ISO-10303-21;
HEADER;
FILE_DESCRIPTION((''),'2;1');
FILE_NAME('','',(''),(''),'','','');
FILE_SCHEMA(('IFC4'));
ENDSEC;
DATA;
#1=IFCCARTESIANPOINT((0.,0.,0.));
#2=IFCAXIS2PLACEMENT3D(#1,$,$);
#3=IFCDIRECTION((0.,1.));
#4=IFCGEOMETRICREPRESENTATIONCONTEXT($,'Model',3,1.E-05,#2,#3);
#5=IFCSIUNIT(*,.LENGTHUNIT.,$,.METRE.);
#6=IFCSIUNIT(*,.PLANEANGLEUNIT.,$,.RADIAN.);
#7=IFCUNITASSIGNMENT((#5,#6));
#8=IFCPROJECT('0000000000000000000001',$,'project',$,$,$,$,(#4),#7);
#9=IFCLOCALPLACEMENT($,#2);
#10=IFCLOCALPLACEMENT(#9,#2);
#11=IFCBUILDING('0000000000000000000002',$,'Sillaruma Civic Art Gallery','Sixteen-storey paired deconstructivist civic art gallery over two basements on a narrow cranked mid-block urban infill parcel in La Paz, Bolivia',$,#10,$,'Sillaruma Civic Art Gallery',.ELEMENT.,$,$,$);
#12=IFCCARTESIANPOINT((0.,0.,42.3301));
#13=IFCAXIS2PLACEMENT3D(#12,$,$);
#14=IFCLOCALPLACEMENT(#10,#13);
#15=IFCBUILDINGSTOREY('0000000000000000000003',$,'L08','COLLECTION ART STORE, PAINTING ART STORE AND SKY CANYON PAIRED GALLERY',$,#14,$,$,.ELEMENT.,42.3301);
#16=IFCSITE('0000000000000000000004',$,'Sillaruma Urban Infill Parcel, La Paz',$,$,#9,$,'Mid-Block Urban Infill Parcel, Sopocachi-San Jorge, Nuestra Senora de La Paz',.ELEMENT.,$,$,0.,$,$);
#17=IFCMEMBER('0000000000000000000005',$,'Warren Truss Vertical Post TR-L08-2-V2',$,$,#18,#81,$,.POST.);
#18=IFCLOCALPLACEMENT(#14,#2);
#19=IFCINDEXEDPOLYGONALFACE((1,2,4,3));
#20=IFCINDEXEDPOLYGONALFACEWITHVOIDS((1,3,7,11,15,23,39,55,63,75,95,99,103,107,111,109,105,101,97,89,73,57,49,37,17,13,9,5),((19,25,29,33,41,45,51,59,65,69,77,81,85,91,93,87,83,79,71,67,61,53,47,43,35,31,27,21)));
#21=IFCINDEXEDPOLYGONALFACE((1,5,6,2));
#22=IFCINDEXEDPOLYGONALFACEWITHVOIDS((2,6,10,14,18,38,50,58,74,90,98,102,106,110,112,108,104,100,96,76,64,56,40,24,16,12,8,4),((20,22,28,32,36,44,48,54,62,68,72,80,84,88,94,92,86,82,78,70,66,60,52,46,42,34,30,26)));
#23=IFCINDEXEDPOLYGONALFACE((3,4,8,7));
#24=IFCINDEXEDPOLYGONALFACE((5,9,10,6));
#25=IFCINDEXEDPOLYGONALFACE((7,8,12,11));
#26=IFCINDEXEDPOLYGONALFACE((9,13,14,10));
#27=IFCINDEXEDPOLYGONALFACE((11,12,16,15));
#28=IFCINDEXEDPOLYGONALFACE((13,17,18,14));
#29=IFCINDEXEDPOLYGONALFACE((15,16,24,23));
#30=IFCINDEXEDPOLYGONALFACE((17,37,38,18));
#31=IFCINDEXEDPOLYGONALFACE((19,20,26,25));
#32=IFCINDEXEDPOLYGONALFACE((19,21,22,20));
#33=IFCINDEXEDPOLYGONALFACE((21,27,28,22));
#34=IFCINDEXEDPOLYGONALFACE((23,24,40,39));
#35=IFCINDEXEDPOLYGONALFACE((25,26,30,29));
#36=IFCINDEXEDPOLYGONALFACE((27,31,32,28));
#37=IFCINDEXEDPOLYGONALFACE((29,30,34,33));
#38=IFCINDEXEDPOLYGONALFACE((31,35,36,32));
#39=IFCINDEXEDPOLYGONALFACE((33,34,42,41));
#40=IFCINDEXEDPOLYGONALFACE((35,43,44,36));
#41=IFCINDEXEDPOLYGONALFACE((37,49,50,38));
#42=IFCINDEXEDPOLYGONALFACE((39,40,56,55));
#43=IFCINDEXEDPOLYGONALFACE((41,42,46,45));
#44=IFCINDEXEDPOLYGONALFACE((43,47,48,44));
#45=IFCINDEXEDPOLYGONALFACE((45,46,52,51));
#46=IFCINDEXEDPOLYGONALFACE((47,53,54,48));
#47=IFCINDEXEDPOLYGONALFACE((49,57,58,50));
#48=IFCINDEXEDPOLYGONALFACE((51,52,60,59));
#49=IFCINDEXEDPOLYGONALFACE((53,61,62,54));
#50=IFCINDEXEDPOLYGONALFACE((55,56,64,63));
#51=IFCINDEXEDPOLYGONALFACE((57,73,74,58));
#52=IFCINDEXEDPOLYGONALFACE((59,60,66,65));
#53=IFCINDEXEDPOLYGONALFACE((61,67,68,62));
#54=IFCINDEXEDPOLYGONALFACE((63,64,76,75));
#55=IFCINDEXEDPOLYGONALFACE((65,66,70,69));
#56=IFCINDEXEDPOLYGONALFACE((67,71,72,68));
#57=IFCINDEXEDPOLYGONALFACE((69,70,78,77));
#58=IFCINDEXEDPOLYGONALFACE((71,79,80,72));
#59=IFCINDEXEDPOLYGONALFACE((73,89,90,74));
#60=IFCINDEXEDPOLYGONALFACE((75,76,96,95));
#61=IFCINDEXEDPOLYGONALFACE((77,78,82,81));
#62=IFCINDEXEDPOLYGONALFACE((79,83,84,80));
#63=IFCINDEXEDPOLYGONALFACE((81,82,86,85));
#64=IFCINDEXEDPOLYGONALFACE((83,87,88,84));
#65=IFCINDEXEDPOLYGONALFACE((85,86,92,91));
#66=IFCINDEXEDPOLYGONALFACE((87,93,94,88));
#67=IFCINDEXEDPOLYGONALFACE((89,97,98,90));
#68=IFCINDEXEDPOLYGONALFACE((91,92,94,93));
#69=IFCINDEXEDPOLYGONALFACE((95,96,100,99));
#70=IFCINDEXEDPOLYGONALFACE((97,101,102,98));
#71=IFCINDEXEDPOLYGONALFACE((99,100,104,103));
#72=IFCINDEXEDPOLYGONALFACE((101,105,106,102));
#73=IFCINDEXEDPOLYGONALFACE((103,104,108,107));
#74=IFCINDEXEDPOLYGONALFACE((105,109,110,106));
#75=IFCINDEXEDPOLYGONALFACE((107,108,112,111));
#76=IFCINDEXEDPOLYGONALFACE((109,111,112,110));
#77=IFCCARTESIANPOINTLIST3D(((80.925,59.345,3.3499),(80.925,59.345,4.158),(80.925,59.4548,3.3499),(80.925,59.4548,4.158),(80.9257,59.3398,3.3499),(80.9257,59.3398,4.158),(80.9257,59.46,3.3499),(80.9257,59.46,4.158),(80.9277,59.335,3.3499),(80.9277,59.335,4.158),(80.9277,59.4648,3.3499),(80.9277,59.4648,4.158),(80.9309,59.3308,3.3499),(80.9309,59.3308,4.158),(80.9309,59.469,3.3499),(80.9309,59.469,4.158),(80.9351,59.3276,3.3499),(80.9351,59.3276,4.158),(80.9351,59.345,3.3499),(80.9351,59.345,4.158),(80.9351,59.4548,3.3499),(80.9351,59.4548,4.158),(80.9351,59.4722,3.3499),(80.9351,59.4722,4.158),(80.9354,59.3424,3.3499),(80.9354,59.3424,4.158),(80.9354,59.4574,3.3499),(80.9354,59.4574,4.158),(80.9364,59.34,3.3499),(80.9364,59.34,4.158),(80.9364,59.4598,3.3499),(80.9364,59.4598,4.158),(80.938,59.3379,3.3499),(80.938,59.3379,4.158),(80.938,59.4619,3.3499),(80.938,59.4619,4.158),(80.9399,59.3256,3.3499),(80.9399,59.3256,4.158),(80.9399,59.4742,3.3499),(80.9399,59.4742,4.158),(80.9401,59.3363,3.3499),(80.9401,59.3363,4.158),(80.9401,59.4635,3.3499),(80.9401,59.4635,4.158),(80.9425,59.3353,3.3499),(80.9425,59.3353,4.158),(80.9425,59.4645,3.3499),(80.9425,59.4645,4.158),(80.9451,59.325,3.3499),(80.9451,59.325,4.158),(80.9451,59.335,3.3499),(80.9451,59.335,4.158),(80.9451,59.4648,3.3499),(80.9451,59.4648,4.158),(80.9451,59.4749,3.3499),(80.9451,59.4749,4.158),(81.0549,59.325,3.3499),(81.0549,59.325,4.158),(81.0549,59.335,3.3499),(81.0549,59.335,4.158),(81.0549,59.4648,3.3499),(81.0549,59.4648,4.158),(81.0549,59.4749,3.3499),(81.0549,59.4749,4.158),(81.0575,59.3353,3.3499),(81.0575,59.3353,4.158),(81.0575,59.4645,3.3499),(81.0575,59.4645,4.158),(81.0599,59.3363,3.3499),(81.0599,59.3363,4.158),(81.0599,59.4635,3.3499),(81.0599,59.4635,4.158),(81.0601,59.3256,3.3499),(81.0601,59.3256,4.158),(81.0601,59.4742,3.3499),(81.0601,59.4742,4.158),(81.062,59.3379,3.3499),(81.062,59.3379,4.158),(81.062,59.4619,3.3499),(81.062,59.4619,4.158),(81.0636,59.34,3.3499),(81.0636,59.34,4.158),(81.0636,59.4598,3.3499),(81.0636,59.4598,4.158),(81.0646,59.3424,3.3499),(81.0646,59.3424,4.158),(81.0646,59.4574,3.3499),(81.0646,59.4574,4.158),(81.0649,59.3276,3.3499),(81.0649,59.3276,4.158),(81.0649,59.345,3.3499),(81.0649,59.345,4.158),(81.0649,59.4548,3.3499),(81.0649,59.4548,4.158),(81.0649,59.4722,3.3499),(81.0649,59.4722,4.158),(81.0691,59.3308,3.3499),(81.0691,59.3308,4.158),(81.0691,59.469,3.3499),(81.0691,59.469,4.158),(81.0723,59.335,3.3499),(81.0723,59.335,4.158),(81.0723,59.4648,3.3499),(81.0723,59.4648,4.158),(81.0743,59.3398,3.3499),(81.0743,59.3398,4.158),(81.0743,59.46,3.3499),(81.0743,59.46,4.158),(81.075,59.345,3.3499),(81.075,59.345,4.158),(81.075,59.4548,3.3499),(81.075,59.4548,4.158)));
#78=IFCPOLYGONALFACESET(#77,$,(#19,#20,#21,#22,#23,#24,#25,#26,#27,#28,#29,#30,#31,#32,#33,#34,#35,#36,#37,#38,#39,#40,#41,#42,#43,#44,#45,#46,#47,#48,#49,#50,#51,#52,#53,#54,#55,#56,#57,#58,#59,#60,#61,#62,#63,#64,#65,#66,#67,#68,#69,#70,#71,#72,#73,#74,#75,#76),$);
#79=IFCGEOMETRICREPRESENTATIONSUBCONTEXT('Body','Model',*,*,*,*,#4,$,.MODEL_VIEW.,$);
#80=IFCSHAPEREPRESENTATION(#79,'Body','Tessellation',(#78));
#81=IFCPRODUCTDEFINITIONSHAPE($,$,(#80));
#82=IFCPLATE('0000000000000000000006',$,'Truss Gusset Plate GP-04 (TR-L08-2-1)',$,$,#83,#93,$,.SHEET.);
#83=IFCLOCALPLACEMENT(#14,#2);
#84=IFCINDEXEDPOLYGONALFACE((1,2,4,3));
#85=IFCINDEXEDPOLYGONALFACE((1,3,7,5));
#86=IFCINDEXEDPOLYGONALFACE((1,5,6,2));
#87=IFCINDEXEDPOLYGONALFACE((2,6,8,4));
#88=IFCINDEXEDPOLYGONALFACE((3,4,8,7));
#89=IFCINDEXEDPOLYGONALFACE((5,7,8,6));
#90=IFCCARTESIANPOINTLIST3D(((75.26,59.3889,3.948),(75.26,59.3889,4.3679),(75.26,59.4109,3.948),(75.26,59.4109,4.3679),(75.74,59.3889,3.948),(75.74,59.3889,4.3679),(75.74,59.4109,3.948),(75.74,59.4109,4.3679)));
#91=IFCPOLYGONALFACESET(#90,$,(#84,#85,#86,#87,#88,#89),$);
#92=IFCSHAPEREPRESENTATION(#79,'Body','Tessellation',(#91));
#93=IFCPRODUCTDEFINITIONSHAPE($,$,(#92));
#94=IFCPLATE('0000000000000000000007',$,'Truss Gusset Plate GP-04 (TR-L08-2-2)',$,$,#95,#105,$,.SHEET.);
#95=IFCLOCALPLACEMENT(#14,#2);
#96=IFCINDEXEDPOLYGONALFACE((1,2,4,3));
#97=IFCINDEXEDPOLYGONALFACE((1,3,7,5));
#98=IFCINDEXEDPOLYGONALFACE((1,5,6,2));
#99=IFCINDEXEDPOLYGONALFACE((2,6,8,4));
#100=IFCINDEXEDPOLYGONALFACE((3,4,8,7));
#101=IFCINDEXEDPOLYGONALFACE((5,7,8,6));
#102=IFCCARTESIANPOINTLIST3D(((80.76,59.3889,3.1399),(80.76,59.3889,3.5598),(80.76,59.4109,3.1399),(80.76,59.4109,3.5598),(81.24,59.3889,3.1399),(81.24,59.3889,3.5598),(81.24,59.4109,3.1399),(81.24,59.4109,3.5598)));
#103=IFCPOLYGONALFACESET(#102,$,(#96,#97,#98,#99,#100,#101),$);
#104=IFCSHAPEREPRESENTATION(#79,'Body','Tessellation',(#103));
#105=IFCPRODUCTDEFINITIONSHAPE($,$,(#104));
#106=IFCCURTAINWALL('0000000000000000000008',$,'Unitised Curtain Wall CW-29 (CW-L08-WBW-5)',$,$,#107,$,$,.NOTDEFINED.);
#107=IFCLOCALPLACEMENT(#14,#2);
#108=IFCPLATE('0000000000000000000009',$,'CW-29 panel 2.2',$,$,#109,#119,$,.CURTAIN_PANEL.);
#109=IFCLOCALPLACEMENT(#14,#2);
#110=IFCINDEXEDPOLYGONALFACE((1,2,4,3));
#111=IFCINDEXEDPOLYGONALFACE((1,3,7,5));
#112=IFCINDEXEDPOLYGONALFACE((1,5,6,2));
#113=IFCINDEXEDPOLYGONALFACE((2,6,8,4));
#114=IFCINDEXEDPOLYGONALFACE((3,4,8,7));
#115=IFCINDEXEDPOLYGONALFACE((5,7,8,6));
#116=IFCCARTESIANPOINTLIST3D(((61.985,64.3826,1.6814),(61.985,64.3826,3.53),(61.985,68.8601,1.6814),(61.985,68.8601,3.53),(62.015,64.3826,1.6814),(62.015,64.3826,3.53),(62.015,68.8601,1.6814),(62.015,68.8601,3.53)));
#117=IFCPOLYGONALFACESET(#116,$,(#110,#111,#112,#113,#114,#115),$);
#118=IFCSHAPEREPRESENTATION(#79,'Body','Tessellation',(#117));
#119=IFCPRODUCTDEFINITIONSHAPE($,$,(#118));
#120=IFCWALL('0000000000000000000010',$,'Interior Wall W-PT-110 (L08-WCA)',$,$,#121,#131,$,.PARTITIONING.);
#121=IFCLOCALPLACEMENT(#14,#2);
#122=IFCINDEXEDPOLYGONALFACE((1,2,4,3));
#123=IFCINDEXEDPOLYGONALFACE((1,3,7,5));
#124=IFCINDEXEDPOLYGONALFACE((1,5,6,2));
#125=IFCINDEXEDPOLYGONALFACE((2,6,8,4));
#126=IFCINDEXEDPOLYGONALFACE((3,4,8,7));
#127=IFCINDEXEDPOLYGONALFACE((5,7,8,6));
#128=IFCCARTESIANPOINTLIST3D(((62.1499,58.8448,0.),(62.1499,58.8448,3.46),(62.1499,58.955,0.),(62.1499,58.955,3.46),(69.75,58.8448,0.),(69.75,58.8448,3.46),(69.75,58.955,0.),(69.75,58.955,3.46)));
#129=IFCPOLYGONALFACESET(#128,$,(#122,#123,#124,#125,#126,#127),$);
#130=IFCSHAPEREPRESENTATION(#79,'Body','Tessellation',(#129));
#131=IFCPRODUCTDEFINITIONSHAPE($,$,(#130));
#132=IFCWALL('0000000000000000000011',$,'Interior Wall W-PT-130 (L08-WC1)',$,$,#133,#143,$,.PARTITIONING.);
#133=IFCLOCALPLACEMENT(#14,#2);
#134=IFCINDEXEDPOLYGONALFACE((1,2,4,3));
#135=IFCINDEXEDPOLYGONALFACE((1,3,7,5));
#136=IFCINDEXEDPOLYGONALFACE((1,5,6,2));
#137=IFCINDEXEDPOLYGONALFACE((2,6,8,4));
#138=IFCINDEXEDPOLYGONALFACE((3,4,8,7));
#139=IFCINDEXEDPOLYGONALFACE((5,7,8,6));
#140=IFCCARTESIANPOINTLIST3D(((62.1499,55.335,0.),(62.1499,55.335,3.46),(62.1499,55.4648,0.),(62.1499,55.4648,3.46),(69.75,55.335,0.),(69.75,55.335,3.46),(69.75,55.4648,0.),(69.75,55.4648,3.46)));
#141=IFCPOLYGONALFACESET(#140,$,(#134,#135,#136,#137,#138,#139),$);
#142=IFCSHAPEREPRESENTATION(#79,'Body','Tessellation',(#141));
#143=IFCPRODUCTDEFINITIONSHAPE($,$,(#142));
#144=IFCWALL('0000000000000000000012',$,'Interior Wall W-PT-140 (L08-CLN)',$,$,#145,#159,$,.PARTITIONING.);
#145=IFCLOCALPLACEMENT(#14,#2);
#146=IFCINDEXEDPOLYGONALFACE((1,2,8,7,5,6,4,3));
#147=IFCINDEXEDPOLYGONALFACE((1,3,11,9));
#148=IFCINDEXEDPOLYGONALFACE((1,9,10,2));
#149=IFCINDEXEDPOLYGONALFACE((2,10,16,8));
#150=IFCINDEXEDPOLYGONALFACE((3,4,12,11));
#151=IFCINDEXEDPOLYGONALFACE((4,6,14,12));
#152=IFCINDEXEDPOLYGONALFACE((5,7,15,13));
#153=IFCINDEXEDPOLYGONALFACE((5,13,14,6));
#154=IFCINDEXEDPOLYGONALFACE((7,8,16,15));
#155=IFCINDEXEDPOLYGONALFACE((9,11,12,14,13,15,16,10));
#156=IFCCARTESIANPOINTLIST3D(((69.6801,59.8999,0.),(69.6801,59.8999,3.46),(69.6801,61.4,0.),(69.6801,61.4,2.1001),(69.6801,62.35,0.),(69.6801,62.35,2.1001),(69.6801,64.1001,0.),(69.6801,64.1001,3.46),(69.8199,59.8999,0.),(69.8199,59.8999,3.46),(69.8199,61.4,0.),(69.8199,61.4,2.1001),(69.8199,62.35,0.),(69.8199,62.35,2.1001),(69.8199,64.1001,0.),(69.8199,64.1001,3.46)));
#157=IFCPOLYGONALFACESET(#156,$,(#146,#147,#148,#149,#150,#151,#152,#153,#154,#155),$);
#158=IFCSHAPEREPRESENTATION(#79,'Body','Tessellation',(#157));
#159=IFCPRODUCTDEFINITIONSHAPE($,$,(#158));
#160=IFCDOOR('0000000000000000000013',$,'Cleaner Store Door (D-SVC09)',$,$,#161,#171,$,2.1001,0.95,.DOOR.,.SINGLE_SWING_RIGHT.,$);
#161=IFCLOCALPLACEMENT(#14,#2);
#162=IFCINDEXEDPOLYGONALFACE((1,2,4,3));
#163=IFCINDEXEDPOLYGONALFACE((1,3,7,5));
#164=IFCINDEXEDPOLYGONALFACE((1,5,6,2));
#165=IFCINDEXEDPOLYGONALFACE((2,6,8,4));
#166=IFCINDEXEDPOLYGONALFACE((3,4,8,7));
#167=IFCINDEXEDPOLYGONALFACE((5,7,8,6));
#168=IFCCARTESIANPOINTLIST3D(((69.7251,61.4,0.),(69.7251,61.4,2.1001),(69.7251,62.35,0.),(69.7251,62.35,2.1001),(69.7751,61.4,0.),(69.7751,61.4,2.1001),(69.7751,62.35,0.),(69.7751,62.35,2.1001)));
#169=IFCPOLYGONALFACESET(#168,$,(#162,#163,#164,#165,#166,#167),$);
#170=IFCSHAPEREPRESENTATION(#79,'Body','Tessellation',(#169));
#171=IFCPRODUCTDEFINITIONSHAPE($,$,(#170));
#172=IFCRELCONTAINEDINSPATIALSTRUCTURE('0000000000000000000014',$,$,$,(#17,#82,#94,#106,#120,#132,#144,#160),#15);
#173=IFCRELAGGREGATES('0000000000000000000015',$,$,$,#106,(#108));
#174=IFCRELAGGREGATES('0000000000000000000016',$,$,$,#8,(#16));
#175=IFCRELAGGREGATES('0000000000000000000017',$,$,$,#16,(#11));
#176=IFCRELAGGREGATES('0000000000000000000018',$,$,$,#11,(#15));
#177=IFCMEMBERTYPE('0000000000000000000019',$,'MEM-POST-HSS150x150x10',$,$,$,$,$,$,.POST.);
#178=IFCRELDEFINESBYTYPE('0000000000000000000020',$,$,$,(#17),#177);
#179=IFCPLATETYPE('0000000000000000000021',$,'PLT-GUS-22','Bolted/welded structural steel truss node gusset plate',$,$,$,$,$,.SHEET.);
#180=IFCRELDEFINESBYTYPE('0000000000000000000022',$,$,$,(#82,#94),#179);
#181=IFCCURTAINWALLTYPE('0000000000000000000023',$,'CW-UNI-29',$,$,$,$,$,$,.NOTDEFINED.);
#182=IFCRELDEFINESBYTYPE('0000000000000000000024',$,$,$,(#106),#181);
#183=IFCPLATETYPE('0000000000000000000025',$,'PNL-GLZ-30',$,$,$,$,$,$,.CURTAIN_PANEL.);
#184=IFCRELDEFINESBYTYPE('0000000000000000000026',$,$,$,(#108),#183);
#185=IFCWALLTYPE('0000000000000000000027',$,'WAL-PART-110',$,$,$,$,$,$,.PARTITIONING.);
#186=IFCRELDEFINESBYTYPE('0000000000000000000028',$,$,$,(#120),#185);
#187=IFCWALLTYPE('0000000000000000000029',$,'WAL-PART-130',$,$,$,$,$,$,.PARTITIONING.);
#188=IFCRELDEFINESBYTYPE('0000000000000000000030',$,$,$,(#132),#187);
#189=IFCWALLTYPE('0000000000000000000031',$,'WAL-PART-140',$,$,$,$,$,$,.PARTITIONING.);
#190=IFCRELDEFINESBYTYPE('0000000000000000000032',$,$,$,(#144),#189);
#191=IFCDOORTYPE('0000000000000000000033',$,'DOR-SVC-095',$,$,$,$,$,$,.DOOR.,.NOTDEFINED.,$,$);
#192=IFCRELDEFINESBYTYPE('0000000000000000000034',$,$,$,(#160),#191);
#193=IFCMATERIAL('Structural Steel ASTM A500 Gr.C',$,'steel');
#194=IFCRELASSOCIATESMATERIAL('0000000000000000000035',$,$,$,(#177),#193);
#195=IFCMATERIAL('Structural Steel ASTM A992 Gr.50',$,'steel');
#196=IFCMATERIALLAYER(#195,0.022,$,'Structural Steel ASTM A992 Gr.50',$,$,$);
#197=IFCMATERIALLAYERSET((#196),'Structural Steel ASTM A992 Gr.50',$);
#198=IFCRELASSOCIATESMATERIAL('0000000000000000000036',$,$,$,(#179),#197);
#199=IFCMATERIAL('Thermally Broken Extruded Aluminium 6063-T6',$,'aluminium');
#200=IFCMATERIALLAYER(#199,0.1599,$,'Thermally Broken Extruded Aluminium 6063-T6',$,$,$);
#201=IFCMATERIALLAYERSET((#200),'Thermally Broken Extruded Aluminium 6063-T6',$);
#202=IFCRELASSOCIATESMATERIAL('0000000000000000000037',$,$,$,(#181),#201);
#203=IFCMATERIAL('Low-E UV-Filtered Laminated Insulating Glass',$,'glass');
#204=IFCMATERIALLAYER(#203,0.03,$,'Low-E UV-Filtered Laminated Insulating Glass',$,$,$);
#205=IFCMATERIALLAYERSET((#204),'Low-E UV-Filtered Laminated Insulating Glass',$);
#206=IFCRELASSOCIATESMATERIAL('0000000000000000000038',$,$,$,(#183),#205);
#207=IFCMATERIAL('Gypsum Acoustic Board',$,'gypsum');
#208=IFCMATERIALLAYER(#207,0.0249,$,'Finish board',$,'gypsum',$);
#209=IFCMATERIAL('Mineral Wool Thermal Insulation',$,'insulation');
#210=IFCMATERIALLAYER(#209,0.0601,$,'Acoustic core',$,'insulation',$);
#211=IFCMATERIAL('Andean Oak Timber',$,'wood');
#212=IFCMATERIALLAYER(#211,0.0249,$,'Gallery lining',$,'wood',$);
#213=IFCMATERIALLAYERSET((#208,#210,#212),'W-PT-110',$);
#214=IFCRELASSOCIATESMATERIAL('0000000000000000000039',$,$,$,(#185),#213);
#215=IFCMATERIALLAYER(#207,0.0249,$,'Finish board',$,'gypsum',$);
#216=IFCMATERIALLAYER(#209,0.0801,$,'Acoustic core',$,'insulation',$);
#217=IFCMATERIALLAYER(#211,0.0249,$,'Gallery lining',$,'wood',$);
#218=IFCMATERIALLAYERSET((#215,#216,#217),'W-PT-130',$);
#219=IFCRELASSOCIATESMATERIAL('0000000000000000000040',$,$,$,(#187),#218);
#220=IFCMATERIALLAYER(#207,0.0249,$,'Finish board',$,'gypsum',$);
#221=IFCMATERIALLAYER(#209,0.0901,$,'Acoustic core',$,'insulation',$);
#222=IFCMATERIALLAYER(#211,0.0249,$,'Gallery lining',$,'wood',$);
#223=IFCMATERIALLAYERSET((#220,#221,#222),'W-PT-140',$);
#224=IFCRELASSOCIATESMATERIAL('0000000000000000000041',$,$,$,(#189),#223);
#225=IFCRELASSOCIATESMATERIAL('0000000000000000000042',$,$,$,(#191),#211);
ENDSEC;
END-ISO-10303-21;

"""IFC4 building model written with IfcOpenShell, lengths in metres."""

from ifc_helpers import new_model, si_unit, direction, frame, frame_2d, origin, origin_2d, place, context, subcontext, project, spatial, rectangle, hollow_rectangle, extrude, material, layer, layer_set, material_profile, profile_set, type_object, element, fill, aggregate, save


model = new_model("IFC4")

# Units and contexts
model_context = context("Model", 3, precision=1e-05, world=origin(), true_north=direction((0.0, 1.0)))
body_context = subcontext(model_context, "Body", "Model", "MODEL_VIEW")
ifc_project = project(units=[si_unit("LENGTHUNIT", "METRE"), si_unit("PLANEANGLEUNIT", "RADIAN")], contexts=[model_context])

# Site, building, storey
site_placement = place(None, origin())
site = spatial("IfcSite", under=ifc_project, at=site_placement, Name="Sillaruma Urban Infill Parcel, La Paz", LongName="Mid-Block Urban Infill Parcel, Sopocachi-San Jorge, Nuestra Senora de La Paz", CompositionType="ELEMENT", RefElevation=0.0)
building_placement = place(site_placement, origin())
building = spatial("IfcBuilding", under=site, at=building_placement, Name="Sillaruma Civic Art Gallery", Description="Sixteen-storey paired deconstructivist civic art gallery over two basements on a narrow cranked mid-block urban infill parcel in La Paz, Bolivia", LongName="Sillaruma Civic Art Gallery", CompositionType="ELEMENT")
storey_placement = place(building_placement, frame((0.0, 0.0, 42.3301)))
storey = spatial("IfcBuildingStorey", under=building, at=storey_placement, Name="L08", Description="COLLECTION ART STORE, PAINTING ART STORE AND SKY CANYON PAIRED GALLERY", CompositionType="ELEMENT", Elevation=42.3301)

# Shared definitions
ifc_material_1 = material(Name="Structural Steel ASTM A992 Gr.50", Category="steel")

# Member
ifc_material_2 = material(Name="Structural Steel ASTM A500 Gr.C", Category="steel")
ifc_material_profile_1 = material_profile(ifc_material_2, hollow_rectangle(XDim=0.1499, YDim=0.1499, WallThickness=0.01, InnerFilletRadius=0.01, OuterFilletRadius=0.02, at=origin_2d()), Name="HSS150x150x10")
ifc_profile_set_1 = profile_set([ifc_material_profile_1], Name="Structural Steel ASTM A500 Gr.C")
member_type_1 = type_object("IfcMemberType", Name="MEM-POST-HSS150x150x10", PredefinedType="POST", material=ifc_profile_set_1)
for number, where, z_axis, x_axis, name in (
    (1, (81.0, 59.3999, 3.3499), (0.0, 0.0, 1.0), (1.0, 0.0, 0.0), "Warren Truss Vertical Post TR-L08-2-V2"),
):
    element("IfcMember", number, at=place(storey_placement, frame(where, z_axis=z_axis, x_axis=x_axis)), inside=storey, type_object=member_type_1, Name=name, PredefinedType="POST", context=body_context, shape_type="SweptSolid", body=[
        extrude(hollow_rectangle(XDim=0.1499, YDim=0.1499, WallThickness=0.01, InnerFilletRadius=0.01, OuterFilletRadius=0.02, at=origin_2d()), origin(), (0.0, 0.0, 1.0), 0.8081),
    ])

# Plates
ifc_layer_1 = layer(ifc_material_1, 0.022, Name="Structural Steel ASTM A992 Gr.50")
ifc_layer_set_1 = layer_set([ifc_layer_1], Name="Structural Steel ASTM A992 Gr.50")
plate_type_1 = type_object("IfcPlateType", Name="PLT-GUS-22", Description="Bolted/welded structural steel truss node gusset plate", PredefinedType="SHEET", material=ifc_layer_set_1)
for number, where, z_axis, x_axis, name in (
    (2, (75.5, 59.3999, 3.948), (0.0, 0.0, 1.0), (1.0, 0.0, 0.0), "Truss Gusset Plate GP-04 (TR-L08-2-1)"),
    (3, (81.0, 59.3999, 3.1399), (0.0, 0.0, 1.0), (1.0, 0.0, 0.0), "Truss Gusset Plate GP-04 (TR-L08-2-2)"),
):
    element("IfcPlate", number, at=place(storey_placement, frame(where, z_axis=z_axis, x_axis=x_axis)), inside=storey, type_object=plate_type_1, Name=name, PredefinedType="SHEET", context=body_context, shape_type="SweptSolid", body=[
        extrude(rectangle(XDim=0.48, YDim=0.022, at=origin_2d()), origin(), (0.0, 0.0, 1.0), 0.4199),
    ])

# Curtain wall, plate
ifc_material_3 = material(Name="Thermally Broken Extruded Aluminium 6063-T6", Category="aluminium")
ifc_layer_2 = layer(ifc_material_3, 0.1599, Name="Thermally Broken Extruded Aluminium 6063-T6")
ifc_layer_set_2 = layer_set([ifc_layer_2], Name="Thermally Broken Extruded Aluminium 6063-T6")
curtain_wall_type = type_object("IfcCurtainWallType", Name="CW-UNI-29", PredefinedType="NOTDEFINED", material=ifc_layer_set_2)
curtain_wall_placement = place(storey_placement, origin())
curtain_wall = element("IfcCurtainWall", 4, at=curtain_wall_placement, inside=storey, type_object=curtain_wall_type, Name="Unitised Curtain Wall CW-29 (CW-L08-WBW-5)", PredefinedType="NOTDEFINED")
ifc_material_4 = material(Name="Low-E UV-Filtered Laminated Insulating Glass", Category="glass")
ifc_layer_3 = layer(ifc_material_4, 0.03, Name="Low-E UV-Filtered Laminated Insulating Glass")
ifc_layer_set_3 = layer_set([ifc_layer_3], Name="Low-E UV-Filtered Laminated Insulating Glass")
plate_type_2 = type_object("IfcPlateType", Name="PNL-GLZ-30", PredefinedType="CURTAIN_PANEL", material=ifc_layer_set_3)
plate_placement = place(storey_placement, frame((62.0, 66.6213, 1.6814), z_axis=(0.0, 0.0, 1.0), x_axis=(0.0, 1.0, 0.0)))
plate = element("IfcPlate", 5, at=plate_placement, type_object=plate_type_2, Name="CW-29 panel 2.2", PredefinedType="CURTAIN_PANEL", context=body_context, shape_type="SweptSolid", body=[
    extrude(rectangle(XDim=4.4775, YDim=0.03, at=origin_2d()), origin(), (0.0, 0.0, 1.0), 1.8486),
])
aggregate(curtain_wall, [plate])

# Walls
ifc_material_5 = material(Name="Gypsum Acoustic Board", Category="gypsum")
ifc_layer_4 = layer(ifc_material_5, 0.0249, Name="Finish board", Category="gypsum")
ifc_material_6 = material(Name="Mineral Wool Thermal Insulation", Category="insulation")
ifc_layer_5 = layer(ifc_material_6, 0.0601, Name="Acoustic core", Category="insulation")
ifc_material_7 = material(Name="Andean Oak Timber", Category="wood")
ifc_layer_6 = layer(ifc_material_7, 0.0249, Name="Gallery lining", Category="wood")
ifc_layer_set_4 = layer_set([ifc_layer_4, ifc_layer_5, ifc_layer_6], Name="W-PT-110")
wall_type_1 = type_object("IfcWallType", Name="WAL-PART-110", PredefinedType="PARTITIONING", material=ifc_layer_set_4)
wall_1_placement = place(storey_placement, frame((62.1499, 58.8999, 0.0), z_axis=(0.0, 0.0, 1.0), x_axis=(1.0, 0.0, 0.0)))
element("IfcWall", 6, at=wall_1_placement, inside=storey, type_object=wall_type_1, Name="Interior Wall W-PT-110 (L08-WCA)", PredefinedType="PARTITIONING", context=body_context, shape_type="SweptSolid", body=[
    extrude(rectangle(XDim=7.6001, YDim=0.1101, at=frame_2d((3.8, 0.0))), origin(), (0.0, 0.0, 1.0), 3.46),
])
ifc_layer_7 = layer(ifc_material_5, 0.0249, Name="Finish board", Category="gypsum")
ifc_layer_8 = layer(ifc_material_6, 0.0801, Name="Acoustic core", Category="insulation")
ifc_layer_9 = layer(ifc_material_7, 0.0249, Name="Gallery lining", Category="wood")
ifc_layer_set_5 = layer_set([ifc_layer_7, ifc_layer_8, ifc_layer_9], Name="W-PT-130")
wall_type_2 = type_object("IfcWallType", Name="WAL-PART-130", PredefinedType="PARTITIONING", material=ifc_layer_set_5)
wall_2_placement = place(storey_placement, frame((62.1499, 55.3999, 0.0), z_axis=(0.0, 0.0, 1.0), x_axis=(1.0, 0.0, 0.0)))
element("IfcWall", 7, at=wall_2_placement, inside=storey, type_object=wall_type_2, Name="Interior Wall W-PT-130 (L08-WC1)", PredefinedType="PARTITIONING", context=body_context, shape_type="SweptSolid", body=[
    extrude(rectangle(XDim=7.6001, YDim=0.1299, at=frame_2d((3.8, 0.0))), origin(), (0.0, 0.0, 1.0), 3.46),
])

# Wall, opening, door
ifc_layer_10 = layer(ifc_material_5, 0.0249, Name="Finish board", Category="gypsum")
ifc_layer_11 = layer(ifc_material_6, 0.0901, Name="Acoustic core", Category="insulation")
ifc_layer_12 = layer(ifc_material_7, 0.0249, Name="Gallery lining", Category="wood")
ifc_layer_set_6 = layer_set([ifc_layer_10, ifc_layer_11, ifc_layer_12], Name="W-PT-140")
wall_type_3 = type_object("IfcWallType", Name="WAL-PART-140", PredefinedType="PARTITIONING", material=ifc_layer_set_6)
wall_3_placement = place(storey_placement, frame((69.75, 59.8999, 0.0), z_axis=(0.0, 0.0, 1.0), x_axis=(0.0, 1.0, 0.0)))
wall_3 = element("IfcWall", 8, at=wall_3_placement, inside=storey, type_object=wall_type_3, Name="Interior Wall W-PT-140 (L08-CLN)", PredefinedType="PARTITIONING", context=body_context, shape_type="SweptSolid", body=[
    extrude(rectangle(XDim=4.2002, YDim=0.1399, at=frame_2d((2.1001, 0.0))), origin(), (0.0, 0.0, 1.0), 3.46),
])
opening_1_placement = place(wall_3_placement, frame((1.5, 0.0, 0.0)))
opening_1 = element("IfcOpeningElement", 9, at=opening_1_placement, cuts=wall_3, PredefinedType="OPENING", context=body_context, shape_type="SweptSolid", body=[
    extrude(rectangle(XDim=0.95, YDim=2.1001, at=frame_2d((0.4751, 1.05))), frame((0.0, 0.0798, 0.0), z_axis=(0.0, -1.0, 0.0), x_axis=(1.0, 0.0, 0.0)), (0.0, 0.0, 1.0), 0.1599),
])
door_type_1 = type_object("IfcDoorType", Name="DOR-SVC-095", OperationType="NOTDEFINED", PredefinedType="DOOR", material=ifc_material_7)
door_1_placement = place(opening_1_placement, origin())
door_1 = element("IfcDoor", 10, at=door_1_placement, inside=storey, type_object=door_type_1, Name="Cleaner Store Door (D-SVC09)", OperationType="SINGLE_SWING_RIGHT", OverallHeight=2.1001, OverallWidth=0.95, PredefinedType="DOOR", context=body_context, shape_type="SweptSolid", body=[
    extrude(rectangle(XDim=0.95, YDim=2.1001, at=frame_2d((0.4751, 1.05))), frame((0.0, 0.0249, 0.0), z_axis=(0.0, -1.0, 0.0), x_axis=(1.0, 0.0, 0.0)), (0.0, 0.0, 1.0), 0.05),
])
fill(opening_1, door_1)

save(model, "model.ifc")
